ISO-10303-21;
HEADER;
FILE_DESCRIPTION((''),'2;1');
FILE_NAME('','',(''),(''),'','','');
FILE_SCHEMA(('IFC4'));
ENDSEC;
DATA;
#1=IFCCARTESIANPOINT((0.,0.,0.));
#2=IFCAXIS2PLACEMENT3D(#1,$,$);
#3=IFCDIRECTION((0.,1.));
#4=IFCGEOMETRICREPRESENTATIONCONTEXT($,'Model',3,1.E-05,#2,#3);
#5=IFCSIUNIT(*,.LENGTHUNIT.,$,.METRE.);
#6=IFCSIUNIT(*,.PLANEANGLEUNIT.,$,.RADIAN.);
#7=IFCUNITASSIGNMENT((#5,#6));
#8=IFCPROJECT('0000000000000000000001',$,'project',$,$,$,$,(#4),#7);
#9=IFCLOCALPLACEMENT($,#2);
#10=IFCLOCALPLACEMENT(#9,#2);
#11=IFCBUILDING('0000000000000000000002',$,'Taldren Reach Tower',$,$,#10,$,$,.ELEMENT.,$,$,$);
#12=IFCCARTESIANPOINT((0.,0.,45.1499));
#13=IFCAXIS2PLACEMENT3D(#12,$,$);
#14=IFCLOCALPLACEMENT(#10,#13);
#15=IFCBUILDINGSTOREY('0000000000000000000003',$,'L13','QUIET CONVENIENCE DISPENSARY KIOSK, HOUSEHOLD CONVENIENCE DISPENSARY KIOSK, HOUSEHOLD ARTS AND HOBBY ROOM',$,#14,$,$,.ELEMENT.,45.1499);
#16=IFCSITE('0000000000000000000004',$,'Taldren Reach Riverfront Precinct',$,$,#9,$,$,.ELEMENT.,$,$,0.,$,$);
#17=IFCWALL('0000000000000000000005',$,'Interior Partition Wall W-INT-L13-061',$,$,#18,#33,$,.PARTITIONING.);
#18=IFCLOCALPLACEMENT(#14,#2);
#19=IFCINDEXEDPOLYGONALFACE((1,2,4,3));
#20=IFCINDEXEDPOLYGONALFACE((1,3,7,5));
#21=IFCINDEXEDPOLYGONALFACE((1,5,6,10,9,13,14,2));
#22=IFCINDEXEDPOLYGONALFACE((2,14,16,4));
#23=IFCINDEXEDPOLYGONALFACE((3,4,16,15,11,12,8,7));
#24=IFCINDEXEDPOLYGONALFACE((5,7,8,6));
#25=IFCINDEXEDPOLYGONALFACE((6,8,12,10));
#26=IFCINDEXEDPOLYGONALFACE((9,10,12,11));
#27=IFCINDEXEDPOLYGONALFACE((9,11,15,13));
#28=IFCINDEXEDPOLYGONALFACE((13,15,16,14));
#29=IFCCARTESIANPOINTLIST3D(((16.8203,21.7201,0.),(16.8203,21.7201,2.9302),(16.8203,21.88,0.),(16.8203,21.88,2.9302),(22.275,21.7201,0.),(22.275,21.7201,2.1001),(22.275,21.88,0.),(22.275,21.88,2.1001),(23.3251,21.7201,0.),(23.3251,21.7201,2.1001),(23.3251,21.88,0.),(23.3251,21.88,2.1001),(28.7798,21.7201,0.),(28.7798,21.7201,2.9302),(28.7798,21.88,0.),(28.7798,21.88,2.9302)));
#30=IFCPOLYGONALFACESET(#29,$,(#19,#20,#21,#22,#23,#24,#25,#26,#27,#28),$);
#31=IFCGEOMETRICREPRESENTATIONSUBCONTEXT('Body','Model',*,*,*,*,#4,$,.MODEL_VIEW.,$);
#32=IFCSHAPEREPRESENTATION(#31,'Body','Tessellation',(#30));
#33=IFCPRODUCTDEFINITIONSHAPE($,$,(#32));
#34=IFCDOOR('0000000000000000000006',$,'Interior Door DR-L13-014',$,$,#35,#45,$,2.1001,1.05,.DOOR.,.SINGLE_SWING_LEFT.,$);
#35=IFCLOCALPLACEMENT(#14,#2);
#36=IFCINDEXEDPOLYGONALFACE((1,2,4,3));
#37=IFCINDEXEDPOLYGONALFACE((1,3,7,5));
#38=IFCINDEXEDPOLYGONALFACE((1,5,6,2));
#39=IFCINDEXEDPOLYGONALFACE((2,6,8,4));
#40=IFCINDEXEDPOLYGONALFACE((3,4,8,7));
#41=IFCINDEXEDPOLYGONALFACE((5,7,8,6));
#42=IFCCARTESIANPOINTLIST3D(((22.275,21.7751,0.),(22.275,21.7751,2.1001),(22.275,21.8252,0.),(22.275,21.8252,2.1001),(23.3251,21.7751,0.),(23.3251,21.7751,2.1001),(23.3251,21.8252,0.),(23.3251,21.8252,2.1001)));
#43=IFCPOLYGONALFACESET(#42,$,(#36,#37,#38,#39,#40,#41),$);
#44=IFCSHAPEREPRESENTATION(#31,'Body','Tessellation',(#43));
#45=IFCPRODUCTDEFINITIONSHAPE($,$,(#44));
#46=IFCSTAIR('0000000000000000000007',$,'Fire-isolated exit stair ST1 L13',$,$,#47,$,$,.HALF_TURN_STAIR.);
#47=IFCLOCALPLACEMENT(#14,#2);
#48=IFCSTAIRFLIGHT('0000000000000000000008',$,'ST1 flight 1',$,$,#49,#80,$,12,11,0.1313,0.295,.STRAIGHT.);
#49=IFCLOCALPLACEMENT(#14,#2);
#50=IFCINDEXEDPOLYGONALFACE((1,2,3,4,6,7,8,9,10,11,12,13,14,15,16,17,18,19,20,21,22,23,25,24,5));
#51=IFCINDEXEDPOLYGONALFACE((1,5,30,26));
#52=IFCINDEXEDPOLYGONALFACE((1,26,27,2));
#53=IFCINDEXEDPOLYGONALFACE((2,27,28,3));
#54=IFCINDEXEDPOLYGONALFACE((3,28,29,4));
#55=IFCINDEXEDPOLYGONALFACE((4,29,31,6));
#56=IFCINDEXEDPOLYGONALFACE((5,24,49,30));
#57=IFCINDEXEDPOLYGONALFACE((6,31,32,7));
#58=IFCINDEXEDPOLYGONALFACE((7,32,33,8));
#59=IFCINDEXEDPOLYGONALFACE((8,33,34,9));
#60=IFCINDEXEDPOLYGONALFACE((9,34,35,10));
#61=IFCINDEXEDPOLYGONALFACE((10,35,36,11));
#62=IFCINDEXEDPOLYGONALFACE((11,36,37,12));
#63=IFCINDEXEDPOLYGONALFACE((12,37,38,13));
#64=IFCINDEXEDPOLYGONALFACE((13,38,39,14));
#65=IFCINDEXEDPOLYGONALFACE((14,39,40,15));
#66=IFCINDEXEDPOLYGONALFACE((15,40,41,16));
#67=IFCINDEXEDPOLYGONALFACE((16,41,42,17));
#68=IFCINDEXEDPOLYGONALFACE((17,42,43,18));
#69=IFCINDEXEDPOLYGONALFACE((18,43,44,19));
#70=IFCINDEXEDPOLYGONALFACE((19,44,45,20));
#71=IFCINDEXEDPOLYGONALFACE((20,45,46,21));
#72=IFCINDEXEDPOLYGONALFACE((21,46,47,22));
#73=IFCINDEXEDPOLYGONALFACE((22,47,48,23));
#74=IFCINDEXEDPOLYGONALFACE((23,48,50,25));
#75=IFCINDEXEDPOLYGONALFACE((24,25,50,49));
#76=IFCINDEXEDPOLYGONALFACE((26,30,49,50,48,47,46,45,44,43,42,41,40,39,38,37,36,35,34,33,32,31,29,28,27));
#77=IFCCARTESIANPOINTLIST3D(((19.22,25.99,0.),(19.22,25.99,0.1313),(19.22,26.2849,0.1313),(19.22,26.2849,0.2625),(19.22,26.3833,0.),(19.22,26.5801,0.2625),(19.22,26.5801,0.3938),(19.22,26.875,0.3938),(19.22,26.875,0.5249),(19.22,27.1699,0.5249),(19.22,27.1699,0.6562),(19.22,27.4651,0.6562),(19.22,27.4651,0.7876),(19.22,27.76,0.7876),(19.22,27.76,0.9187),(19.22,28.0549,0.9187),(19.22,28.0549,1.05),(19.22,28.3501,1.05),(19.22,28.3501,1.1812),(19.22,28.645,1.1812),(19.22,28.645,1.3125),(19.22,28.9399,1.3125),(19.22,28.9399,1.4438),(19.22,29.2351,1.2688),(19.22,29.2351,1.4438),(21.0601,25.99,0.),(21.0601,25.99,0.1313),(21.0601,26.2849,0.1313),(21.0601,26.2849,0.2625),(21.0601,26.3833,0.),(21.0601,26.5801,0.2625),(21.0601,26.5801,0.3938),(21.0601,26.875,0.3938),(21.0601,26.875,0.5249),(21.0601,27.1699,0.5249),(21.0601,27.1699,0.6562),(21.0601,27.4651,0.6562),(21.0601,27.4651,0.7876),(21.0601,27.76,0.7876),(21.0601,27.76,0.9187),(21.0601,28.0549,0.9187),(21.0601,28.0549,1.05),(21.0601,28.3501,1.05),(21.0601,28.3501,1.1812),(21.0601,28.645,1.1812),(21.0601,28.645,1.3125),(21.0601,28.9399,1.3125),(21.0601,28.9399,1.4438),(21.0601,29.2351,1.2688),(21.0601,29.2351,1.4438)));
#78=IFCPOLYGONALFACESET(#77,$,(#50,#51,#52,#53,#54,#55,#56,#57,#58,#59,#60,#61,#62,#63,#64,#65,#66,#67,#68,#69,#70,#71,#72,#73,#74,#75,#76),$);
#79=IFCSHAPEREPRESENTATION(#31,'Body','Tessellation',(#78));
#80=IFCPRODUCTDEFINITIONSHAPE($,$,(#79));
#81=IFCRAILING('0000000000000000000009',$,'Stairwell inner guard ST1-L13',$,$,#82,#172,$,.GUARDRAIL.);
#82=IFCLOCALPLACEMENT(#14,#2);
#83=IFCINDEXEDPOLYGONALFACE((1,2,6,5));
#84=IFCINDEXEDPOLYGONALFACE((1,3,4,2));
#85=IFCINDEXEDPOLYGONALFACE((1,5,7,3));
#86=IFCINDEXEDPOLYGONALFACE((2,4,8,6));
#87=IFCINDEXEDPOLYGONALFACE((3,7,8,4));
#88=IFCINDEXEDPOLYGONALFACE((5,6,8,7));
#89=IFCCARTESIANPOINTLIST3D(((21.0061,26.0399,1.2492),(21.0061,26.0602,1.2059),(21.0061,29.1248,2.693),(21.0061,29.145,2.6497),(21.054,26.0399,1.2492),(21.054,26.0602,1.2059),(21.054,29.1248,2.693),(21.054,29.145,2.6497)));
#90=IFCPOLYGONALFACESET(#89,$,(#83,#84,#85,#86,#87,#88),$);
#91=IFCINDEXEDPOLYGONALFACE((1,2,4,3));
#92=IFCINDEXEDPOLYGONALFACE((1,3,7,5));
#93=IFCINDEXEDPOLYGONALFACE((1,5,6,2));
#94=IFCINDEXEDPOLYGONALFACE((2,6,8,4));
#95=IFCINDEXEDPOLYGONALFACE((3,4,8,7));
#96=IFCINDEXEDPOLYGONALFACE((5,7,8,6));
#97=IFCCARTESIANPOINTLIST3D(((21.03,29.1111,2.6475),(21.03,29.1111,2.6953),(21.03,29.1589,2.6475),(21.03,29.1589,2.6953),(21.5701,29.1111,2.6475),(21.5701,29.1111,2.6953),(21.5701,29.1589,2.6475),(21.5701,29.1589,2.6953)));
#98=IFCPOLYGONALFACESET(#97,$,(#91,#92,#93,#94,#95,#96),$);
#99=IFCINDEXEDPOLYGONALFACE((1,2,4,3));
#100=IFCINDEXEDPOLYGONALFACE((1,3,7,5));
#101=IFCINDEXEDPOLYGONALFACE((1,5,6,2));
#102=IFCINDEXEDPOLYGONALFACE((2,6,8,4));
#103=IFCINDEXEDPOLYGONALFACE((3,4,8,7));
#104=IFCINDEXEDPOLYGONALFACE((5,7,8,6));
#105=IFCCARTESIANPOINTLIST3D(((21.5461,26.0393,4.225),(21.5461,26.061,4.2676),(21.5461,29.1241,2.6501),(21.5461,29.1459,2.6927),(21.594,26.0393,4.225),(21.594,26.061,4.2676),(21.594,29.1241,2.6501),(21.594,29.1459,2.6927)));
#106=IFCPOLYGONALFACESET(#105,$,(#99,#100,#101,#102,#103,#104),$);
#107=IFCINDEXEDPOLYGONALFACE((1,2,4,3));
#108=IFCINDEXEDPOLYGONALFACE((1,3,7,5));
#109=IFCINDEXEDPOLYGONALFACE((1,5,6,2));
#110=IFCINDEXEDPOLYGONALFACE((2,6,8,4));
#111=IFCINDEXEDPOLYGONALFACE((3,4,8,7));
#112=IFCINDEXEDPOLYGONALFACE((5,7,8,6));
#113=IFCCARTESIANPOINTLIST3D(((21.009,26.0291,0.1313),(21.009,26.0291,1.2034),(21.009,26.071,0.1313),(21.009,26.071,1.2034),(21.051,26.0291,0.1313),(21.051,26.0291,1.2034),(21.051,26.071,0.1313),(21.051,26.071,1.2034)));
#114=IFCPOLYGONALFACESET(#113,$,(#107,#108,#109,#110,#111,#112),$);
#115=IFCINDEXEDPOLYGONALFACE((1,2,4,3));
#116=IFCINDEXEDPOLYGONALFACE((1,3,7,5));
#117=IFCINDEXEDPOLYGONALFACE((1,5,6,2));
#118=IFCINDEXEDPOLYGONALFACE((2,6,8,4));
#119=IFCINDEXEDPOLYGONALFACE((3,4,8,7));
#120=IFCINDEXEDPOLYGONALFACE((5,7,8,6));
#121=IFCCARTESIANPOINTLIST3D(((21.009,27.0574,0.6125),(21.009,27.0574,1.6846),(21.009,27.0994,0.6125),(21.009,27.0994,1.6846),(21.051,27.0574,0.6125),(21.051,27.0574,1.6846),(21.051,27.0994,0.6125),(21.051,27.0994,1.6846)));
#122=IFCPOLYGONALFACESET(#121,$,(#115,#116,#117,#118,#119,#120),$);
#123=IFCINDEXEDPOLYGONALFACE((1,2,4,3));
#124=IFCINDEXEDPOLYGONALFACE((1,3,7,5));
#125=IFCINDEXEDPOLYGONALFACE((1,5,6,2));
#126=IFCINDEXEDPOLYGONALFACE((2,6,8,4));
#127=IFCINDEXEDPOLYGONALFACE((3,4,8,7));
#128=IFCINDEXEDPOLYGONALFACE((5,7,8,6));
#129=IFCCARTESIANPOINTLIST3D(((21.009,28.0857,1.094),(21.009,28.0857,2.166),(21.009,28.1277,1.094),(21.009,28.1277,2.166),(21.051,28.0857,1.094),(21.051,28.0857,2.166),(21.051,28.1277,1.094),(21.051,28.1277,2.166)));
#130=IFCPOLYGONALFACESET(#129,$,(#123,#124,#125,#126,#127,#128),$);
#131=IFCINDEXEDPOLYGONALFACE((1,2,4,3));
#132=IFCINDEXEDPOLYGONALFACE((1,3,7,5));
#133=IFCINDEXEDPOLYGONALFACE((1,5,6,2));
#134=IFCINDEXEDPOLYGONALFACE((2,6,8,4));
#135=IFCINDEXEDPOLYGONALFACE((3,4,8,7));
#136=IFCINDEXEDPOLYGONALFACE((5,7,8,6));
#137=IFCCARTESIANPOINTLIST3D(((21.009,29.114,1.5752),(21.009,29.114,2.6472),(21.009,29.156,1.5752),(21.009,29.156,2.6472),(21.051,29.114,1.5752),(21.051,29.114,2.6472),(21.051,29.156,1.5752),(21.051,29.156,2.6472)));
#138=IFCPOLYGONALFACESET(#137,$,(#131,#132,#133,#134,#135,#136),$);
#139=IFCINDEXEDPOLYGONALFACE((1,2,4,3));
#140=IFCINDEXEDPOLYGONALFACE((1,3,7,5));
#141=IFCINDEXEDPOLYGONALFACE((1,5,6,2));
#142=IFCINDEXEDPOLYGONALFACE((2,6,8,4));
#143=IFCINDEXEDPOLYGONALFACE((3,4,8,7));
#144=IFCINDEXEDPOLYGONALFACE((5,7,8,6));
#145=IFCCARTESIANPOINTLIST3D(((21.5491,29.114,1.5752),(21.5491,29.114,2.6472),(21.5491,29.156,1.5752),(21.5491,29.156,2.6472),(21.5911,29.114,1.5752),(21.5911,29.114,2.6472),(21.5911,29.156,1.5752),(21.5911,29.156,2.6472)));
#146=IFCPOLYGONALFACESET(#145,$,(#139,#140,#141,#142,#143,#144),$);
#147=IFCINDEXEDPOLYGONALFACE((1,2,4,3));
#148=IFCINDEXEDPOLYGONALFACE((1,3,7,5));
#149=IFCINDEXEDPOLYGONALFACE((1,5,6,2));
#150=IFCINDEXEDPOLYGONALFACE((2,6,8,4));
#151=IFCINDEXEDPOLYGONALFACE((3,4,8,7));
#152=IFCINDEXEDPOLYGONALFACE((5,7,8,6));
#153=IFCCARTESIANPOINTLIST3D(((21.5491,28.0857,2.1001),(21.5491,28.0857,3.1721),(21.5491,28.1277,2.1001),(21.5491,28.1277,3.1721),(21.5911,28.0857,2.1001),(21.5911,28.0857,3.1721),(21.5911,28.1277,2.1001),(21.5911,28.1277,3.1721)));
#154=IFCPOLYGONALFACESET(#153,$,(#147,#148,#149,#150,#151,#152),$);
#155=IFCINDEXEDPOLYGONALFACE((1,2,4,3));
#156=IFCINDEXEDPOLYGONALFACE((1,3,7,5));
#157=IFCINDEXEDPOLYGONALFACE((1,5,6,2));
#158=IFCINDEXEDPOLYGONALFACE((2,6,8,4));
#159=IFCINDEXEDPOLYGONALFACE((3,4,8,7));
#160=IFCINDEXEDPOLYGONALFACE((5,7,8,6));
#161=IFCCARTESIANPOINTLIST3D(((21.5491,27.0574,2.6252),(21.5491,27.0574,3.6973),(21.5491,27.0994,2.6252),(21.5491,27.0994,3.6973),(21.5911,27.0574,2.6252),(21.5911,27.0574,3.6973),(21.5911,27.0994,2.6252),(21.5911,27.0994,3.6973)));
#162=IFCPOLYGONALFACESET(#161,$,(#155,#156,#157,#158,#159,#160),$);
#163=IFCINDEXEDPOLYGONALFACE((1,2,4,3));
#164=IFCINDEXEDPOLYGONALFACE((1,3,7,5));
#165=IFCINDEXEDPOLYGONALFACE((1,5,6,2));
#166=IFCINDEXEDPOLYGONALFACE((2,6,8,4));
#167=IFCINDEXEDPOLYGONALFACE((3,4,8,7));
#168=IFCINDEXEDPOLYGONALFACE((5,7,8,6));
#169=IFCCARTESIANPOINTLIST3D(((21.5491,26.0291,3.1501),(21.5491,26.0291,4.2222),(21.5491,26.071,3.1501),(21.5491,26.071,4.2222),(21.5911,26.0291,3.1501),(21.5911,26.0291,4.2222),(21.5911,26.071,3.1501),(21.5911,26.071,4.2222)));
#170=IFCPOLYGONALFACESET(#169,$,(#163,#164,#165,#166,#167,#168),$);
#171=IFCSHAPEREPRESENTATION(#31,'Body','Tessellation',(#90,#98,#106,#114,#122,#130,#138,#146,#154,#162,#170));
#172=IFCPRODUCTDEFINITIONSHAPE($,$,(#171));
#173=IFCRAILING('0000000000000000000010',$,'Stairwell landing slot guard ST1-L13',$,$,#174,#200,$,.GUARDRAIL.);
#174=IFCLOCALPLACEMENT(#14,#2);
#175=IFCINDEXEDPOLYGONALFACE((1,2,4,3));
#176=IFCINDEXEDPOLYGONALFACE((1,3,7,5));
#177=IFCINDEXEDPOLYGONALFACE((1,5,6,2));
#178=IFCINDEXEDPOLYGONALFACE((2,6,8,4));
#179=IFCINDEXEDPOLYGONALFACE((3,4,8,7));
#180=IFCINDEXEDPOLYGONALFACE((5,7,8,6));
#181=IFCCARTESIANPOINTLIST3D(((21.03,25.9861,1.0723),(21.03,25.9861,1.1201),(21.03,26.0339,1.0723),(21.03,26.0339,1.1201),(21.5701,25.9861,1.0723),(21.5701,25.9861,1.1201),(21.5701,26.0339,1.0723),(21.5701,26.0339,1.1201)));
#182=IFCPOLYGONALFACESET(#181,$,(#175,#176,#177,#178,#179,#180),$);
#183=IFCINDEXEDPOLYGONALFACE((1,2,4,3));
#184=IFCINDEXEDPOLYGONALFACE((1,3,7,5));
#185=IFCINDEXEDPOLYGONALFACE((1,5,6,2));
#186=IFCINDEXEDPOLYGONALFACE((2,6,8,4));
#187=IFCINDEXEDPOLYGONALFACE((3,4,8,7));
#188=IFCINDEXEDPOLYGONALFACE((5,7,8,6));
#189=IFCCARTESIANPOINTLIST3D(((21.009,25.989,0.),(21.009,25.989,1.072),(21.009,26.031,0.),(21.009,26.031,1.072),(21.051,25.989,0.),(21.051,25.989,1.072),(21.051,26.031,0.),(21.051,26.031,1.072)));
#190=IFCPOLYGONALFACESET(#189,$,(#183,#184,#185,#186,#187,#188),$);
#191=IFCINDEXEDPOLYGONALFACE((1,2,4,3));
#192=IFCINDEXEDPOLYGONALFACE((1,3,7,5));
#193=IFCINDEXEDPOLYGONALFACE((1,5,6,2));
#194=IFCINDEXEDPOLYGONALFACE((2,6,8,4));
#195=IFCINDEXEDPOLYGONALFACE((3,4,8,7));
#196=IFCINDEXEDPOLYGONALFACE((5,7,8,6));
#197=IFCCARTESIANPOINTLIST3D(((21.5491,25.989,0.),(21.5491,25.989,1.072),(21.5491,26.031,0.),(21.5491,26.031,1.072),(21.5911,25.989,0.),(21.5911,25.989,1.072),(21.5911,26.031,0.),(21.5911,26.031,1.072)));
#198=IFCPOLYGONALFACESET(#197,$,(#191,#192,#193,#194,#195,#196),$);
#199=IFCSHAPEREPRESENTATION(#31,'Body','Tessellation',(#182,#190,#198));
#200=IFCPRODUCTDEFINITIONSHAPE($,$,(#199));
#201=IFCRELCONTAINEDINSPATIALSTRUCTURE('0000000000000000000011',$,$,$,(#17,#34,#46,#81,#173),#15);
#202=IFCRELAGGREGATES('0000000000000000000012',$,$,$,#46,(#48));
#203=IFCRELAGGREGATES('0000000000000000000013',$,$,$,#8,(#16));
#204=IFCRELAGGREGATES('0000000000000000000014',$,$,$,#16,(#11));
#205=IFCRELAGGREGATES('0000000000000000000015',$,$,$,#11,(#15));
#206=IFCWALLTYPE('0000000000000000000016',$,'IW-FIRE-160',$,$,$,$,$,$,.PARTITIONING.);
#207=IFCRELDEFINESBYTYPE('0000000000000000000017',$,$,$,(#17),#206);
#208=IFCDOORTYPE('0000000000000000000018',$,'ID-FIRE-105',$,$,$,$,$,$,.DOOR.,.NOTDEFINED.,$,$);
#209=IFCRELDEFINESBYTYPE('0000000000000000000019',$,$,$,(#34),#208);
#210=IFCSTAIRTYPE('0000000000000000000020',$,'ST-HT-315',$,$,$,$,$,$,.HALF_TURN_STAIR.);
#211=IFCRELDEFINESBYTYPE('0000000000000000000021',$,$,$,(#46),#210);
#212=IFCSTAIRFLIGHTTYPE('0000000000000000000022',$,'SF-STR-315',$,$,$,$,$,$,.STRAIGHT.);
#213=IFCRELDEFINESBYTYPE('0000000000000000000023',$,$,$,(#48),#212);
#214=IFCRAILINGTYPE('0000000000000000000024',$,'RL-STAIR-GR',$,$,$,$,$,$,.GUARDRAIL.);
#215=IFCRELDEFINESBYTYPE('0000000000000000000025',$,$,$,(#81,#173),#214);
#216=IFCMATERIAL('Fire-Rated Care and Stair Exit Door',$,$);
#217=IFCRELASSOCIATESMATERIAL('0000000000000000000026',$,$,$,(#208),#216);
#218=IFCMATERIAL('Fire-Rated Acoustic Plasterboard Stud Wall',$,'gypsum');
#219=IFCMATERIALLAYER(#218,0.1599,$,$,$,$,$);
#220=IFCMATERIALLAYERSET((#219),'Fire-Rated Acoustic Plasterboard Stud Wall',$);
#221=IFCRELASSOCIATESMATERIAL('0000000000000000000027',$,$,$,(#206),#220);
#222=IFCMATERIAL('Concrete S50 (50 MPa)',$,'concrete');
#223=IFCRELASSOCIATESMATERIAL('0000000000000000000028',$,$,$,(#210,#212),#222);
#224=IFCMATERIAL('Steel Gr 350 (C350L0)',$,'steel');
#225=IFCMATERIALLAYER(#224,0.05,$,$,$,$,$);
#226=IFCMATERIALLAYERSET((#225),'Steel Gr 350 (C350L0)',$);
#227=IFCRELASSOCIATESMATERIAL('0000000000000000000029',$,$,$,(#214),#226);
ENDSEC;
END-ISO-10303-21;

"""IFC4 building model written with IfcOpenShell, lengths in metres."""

from ifc_helpers import new_model, si_unit, direction, frame, frame_2d, origin, origin_2d, place, context, subcontext, project, spatial, polyline, rectangle, outline, extrude, source, transform, mapped, material, layer, layer_set, type_object, element, fill, aggregate, save


model = new_model("IFC4")

# Units and contexts
model_context = context("Model", 3, precision=1e-05, world=origin(), true_north=direction((0.0, 1.0)))
body_context = subcontext(model_context, "Body", "Model", "MODEL_VIEW")
ifc_project = project(units=[si_unit("LENGTHUNIT", "METRE"), si_unit("PLANEANGLEUNIT", "RADIAN")], contexts=[model_context])

# Site, building, storey
site_placement = place(None, origin())
site = spatial("IfcSite", under=ifc_project, at=site_placement, Name="Taldren Reach Riverfront Precinct", CompositionType="ELEMENT", RefElevation=0.0)
building_placement = place(site_placement, origin())
building = spatial("IfcBuilding", under=site, at=building_placement, Name="Taldren Reach Tower", CompositionType="ELEMENT")
storey_placement = place(building_placement, frame((0.0, 0.0, 45.1499)))
storey = spatial("IfcBuildingStorey", under=building, at=storey_placement, Name="L13", Description="QUIET CONVENIENCE DISPENSARY KIOSK, HOUSEHOLD CONVENIENCE DISPENSARY KIOSK, HOUSEHOLD ARTS AND HOBBY ROOM", CompositionType="ELEMENT", Elevation=45.1499)

# Shared definitions
ifc_material_1 = material(Name="Fire-Rated Care and Stair Exit Door")
door_type = type_object("IfcDoorType", Name="ID-FIRE-105", OperationType="NOTDEFINED", PredefinedType="DOOR", material=ifc_material_1)
shared_shape_1 = source(origin(), body_context, "Body", "SweptSolid", [
    extrude(rectangle(XDim=1.05, YDim=2.1001, at=frame_2d((0.5249, 1.05))), frame((0.0, 0.0249, 0.0), z_axis=(0.0, -1.0, 0.0), x_axis=(1.0, 0.0, 0.0)), (0.0, 0.0, 1.0), 0.05),
])

# Shared definitions
ifc_material_2 = material(Name="Concrete S50 (50 MPa)", Category="concrete")

# Wall, opening, door
ifc_material_3 = material(Name="Fire-Rated Acoustic Plasterboard Stud Wall", Category="gypsum")
ifc_layer_1 = layer(ifc_material_3, 0.1599)
ifc_layer_set_1 = layer_set([ifc_layer_1], Name="Fire-Rated Acoustic Plasterboard Stud Wall")
wall_type_1 = type_object("IfcWallType", Name="IW-FIRE-160", PredefinedType="PARTITIONING", material=ifc_layer_set_1)
shared_shape_2 = source(origin(), body_context, "Body", "SweptSolid", [
    extrude(rectangle(XDim=11.9595, YDim=0.1599, at=frame_2d((5.9797, 0.0))), origin(), (0.0, 0.0, 1.0), 2.9302),
])
wall_1_placement = place(storey_placement, frame((28.7798, 21.8, 0.0), z_axis=(0.0, 0.0, 1.0), x_axis=(-1.0, 0.0, 0.0)))
wall_1 = element("IfcWall", 1, at=wall_1_placement, inside=storey, type_object=wall_type_1, Name="Interior Partition Wall W-INT-L13-061", PredefinedType="PARTITIONING", context=body_context, shape_type="MappedRepresentation", body=[
    mapped(shared_shape_2, transform((0.0, 0.0, 0.0), scale=1.0)),
])
shared_shape_3 = source(origin(), body_context, "Body", "SweptSolid", [
    extrude(rectangle(XDim=1.05, YDim=2.1001, at=frame_2d((0.5249, 1.05))), frame((0.0, 0.0898, 0.0), z_axis=(0.0, -1.0, 0.0), x_axis=(1.0, 0.0, 0.0)), (0.0, 0.0, 1.0), 0.1799),
])
opening_1_placement = place(wall_1_placement, frame((5.4548, 0.0, 0.0)))
opening_1 = element("IfcOpeningElement", 2, at=opening_1_placement, cuts=wall_1, PredefinedType="OPENING", context=body_context, shape_type="MappedRepresentation", body=[
    mapped(shared_shape_3, transform((0.0, 0.0, 0.0), scale=1.0)),
])
door_1_placement = place(opening_1_placement, origin())
door_1 = element("IfcDoor", 3, at=door_1_placement, inside=storey, type_object=door_type, Name="Interior Door DR-L13-014", OperationType="SINGLE_SWING_LEFT", OverallHeight=2.1001, OverallWidth=1.05, PredefinedType="DOOR", context=body_context, shape_type="MappedRepresentation", body=[
    mapped(shared_shape_1, transform((0.0, 0.0, 0.0), scale=1.0)),
])
fill(opening_1, door_1)

# Stair, stair flight
stair_type = type_object("IfcStairType", Name="ST-HT-315", PredefinedType="HALF_TURN_STAIR", material=ifc_material_2)
stair_placement = place(storey_placement, origin())
stair = element("IfcStair", 4, at=stair_placement, inside=storey, type_object=stair_type, Name="Fire-isolated exit stair ST1 L13", PredefinedType="HALF_TURN_STAIR")
stair_flight_type = type_object("IfcStairFlightType", Name="SF-STR-315", PredefinedType="STRAIGHT", material=ifc_material_2)
stair_flight_placement = place(storey_placement, frame((20.1399, 25.99, 0.0), z_axis=(0.0, 0.0, 1.0), x_axis=(0.0, 1.0, 0.0)))
stair_flight = element("IfcStairFlight", 5, at=stair_flight_placement, type_object=stair_flight_type, Name="ST1 flight 1", NumberOfRisers=12, NumberOfTreads=11, PredefinedType="STRAIGHT", RiserHeight=0.1313, TreadLength=0.295, context=body_context, shape_type="SweptSolid", body=[
    extrude(outline(polyline([(0.0, 0.0), (0.0, 0.1313), (0.2949, 0.1313), (0.2949, 0.2625), (0.5901, 0.2625), (0.5901, 0.3938), (0.885, 0.3938), (0.885, 0.5249), (1.1799, 0.5249), (1.1799, 0.6562), (1.4751, 0.6562), (1.4751, 0.7876), (1.77, 0.7876), (1.77, 0.9187), (2.0649, 0.9187), (2.0649, 1.05), (2.3601, 1.05), (2.3601, 1.1812), (2.655, 1.1812), (2.655, 1.3125), (2.95, 1.3125), (2.95, 1.4438), (3.2451, 1.4438), (3.2451, 1.575), (3.2451, 1.2688), (0.3933, 0.0), (0.0, 0.0)])), frame((0.0, 0.9199, 0.0), z_axis=(0.0, -1.0, 0.0), x_axis=(1.0, 0.0, 0.0)), (0.0, 0.0, 1.0), 1.8401),
])
aggregate(stair, [stair_flight])

# Railings
ifc_material_4 = material(Name="Steel Gr 350 (C350L0)", Category="steel")
ifc_layer_2 = layer(ifc_material_4, 0.05)
ifc_layer_set_2 = layer_set([ifc_layer_2], Name="Steel Gr 350 (C350L0)")
railing_type_1 = type_object("IfcRailingType", Name="RL-STAIR-GR", PredefinedType="GUARDRAIL", material=ifc_layer_set_2)
railing_1_placement = place(storey_placement, frame((21.03, 26.05, 0.1313)))
element("IfcRailing", 6, at=railing_1_placement, inside=storey, type_object=railing_type_1, Name="Stairwell inner guard ST1-L13", PredefinedType="GUARDRAIL", context=body_context, shape_type="SweptSolid", body=[
    extrude(rectangle(XDim=0.0479, YDim=0.0479, at=origin_2d()), frame((0.0, 0.0, 1.0962), z_axis=(0.0, 0.90571, 0.423898), x_axis=(-1.0, 0.0, 0.0)), (0.0, 0.0, 1.0), 3.406),
    extrude(rectangle(XDim=0.0479, YDim=0.0479, at=origin_2d()), frame((0.0, 3.085, 2.54), z_axis=(1.0, 0.0, 0.0), x_axis=(0.0, 1.0, 0.0)), (0.0, 0.0, 1.0), 0.54),
    extrude(rectangle(XDim=0.0479, YDim=0.0479, at=origin_2d()), frame((0.54, 3.085, 2.54), z_axis=(0.0, -0.890646, 0.454697), x_axis=(1.0, 0.0, 0.0)), (0.0, 0.0, 1.0), 3.4636),
    extrude(rectangle(XDim=0.042, YDim=0.042, at=origin_2d()), origin(), (0.0, 0.0, 1.0), 1.072),
    extrude(rectangle(XDim=0.042, YDim=0.042, at=origin_2d()), frame((0.0, 1.0283, 0.4812)), (0.0, 0.0, 1.0), 1.072),
    extrude(rectangle(XDim=0.042, YDim=0.042, at=origin_2d()), frame((0.0, 2.0566, 0.9626)), (0.0, 0.0, 1.0), 1.072),
    extrude(rectangle(XDim=0.042, YDim=0.042, at=origin_2d()), frame((0.0, 3.085, 1.4438)), (0.0, 0.0, 1.0), 1.072),
    extrude(rectangle(XDim=0.042, YDim=0.042, at=origin_2d()), frame((0.54, 3.085, 1.4438)), (0.0, 0.0, 1.0), 1.072),
    extrude(rectangle(XDim=0.042, YDim=0.042, at=origin_2d()), frame((0.54, 2.0566, 1.9688)), (0.0, 0.0, 1.0), 1.072),
    extrude(rectangle(XDim=0.042, YDim=0.042, at=origin_2d()), frame((0.54, 1.0283, 2.4939)), (0.0, 0.0, 1.0), 1.072),
    extrude(rectangle(XDim=0.042, YDim=0.042, at=origin_2d()), frame((0.54, 0.0, 3.0188)), (0.0, 0.0, 1.0), 1.072),
])
railing_2_placement = place(storey_placement, frame((21.03, 26.01, 0.0)))
element("IfcRailing", 7, at=railing_2_placement, inside=storey, type_object=railing_type_1, Name="Stairwell landing slot guard ST1-L13", PredefinedType="GUARDRAIL", context=body_context, shape_type="SweptSolid", body=[
    extrude(rectangle(XDim=0.0479, YDim=0.0479, at=origin_2d()), frame((0.0, 0.0, 1.0962), z_axis=(1.0, 0.0, 0.0), x_axis=(0.0, 1.0, 0.0)), (0.0, 0.0, 1.0), 0.54),
    extrude(rectangle(XDim=0.042, YDim=0.042, at=origin_2d()), origin(), (0.0, 0.0, 1.0), 1.072),
    extrude(rectangle(XDim=0.042, YDim=0.042, at=origin_2d()), frame((0.54, 0.0, 0.0)), (0.0, 0.0, 1.0), 1.072),
])

save(model, "model.ifc")
